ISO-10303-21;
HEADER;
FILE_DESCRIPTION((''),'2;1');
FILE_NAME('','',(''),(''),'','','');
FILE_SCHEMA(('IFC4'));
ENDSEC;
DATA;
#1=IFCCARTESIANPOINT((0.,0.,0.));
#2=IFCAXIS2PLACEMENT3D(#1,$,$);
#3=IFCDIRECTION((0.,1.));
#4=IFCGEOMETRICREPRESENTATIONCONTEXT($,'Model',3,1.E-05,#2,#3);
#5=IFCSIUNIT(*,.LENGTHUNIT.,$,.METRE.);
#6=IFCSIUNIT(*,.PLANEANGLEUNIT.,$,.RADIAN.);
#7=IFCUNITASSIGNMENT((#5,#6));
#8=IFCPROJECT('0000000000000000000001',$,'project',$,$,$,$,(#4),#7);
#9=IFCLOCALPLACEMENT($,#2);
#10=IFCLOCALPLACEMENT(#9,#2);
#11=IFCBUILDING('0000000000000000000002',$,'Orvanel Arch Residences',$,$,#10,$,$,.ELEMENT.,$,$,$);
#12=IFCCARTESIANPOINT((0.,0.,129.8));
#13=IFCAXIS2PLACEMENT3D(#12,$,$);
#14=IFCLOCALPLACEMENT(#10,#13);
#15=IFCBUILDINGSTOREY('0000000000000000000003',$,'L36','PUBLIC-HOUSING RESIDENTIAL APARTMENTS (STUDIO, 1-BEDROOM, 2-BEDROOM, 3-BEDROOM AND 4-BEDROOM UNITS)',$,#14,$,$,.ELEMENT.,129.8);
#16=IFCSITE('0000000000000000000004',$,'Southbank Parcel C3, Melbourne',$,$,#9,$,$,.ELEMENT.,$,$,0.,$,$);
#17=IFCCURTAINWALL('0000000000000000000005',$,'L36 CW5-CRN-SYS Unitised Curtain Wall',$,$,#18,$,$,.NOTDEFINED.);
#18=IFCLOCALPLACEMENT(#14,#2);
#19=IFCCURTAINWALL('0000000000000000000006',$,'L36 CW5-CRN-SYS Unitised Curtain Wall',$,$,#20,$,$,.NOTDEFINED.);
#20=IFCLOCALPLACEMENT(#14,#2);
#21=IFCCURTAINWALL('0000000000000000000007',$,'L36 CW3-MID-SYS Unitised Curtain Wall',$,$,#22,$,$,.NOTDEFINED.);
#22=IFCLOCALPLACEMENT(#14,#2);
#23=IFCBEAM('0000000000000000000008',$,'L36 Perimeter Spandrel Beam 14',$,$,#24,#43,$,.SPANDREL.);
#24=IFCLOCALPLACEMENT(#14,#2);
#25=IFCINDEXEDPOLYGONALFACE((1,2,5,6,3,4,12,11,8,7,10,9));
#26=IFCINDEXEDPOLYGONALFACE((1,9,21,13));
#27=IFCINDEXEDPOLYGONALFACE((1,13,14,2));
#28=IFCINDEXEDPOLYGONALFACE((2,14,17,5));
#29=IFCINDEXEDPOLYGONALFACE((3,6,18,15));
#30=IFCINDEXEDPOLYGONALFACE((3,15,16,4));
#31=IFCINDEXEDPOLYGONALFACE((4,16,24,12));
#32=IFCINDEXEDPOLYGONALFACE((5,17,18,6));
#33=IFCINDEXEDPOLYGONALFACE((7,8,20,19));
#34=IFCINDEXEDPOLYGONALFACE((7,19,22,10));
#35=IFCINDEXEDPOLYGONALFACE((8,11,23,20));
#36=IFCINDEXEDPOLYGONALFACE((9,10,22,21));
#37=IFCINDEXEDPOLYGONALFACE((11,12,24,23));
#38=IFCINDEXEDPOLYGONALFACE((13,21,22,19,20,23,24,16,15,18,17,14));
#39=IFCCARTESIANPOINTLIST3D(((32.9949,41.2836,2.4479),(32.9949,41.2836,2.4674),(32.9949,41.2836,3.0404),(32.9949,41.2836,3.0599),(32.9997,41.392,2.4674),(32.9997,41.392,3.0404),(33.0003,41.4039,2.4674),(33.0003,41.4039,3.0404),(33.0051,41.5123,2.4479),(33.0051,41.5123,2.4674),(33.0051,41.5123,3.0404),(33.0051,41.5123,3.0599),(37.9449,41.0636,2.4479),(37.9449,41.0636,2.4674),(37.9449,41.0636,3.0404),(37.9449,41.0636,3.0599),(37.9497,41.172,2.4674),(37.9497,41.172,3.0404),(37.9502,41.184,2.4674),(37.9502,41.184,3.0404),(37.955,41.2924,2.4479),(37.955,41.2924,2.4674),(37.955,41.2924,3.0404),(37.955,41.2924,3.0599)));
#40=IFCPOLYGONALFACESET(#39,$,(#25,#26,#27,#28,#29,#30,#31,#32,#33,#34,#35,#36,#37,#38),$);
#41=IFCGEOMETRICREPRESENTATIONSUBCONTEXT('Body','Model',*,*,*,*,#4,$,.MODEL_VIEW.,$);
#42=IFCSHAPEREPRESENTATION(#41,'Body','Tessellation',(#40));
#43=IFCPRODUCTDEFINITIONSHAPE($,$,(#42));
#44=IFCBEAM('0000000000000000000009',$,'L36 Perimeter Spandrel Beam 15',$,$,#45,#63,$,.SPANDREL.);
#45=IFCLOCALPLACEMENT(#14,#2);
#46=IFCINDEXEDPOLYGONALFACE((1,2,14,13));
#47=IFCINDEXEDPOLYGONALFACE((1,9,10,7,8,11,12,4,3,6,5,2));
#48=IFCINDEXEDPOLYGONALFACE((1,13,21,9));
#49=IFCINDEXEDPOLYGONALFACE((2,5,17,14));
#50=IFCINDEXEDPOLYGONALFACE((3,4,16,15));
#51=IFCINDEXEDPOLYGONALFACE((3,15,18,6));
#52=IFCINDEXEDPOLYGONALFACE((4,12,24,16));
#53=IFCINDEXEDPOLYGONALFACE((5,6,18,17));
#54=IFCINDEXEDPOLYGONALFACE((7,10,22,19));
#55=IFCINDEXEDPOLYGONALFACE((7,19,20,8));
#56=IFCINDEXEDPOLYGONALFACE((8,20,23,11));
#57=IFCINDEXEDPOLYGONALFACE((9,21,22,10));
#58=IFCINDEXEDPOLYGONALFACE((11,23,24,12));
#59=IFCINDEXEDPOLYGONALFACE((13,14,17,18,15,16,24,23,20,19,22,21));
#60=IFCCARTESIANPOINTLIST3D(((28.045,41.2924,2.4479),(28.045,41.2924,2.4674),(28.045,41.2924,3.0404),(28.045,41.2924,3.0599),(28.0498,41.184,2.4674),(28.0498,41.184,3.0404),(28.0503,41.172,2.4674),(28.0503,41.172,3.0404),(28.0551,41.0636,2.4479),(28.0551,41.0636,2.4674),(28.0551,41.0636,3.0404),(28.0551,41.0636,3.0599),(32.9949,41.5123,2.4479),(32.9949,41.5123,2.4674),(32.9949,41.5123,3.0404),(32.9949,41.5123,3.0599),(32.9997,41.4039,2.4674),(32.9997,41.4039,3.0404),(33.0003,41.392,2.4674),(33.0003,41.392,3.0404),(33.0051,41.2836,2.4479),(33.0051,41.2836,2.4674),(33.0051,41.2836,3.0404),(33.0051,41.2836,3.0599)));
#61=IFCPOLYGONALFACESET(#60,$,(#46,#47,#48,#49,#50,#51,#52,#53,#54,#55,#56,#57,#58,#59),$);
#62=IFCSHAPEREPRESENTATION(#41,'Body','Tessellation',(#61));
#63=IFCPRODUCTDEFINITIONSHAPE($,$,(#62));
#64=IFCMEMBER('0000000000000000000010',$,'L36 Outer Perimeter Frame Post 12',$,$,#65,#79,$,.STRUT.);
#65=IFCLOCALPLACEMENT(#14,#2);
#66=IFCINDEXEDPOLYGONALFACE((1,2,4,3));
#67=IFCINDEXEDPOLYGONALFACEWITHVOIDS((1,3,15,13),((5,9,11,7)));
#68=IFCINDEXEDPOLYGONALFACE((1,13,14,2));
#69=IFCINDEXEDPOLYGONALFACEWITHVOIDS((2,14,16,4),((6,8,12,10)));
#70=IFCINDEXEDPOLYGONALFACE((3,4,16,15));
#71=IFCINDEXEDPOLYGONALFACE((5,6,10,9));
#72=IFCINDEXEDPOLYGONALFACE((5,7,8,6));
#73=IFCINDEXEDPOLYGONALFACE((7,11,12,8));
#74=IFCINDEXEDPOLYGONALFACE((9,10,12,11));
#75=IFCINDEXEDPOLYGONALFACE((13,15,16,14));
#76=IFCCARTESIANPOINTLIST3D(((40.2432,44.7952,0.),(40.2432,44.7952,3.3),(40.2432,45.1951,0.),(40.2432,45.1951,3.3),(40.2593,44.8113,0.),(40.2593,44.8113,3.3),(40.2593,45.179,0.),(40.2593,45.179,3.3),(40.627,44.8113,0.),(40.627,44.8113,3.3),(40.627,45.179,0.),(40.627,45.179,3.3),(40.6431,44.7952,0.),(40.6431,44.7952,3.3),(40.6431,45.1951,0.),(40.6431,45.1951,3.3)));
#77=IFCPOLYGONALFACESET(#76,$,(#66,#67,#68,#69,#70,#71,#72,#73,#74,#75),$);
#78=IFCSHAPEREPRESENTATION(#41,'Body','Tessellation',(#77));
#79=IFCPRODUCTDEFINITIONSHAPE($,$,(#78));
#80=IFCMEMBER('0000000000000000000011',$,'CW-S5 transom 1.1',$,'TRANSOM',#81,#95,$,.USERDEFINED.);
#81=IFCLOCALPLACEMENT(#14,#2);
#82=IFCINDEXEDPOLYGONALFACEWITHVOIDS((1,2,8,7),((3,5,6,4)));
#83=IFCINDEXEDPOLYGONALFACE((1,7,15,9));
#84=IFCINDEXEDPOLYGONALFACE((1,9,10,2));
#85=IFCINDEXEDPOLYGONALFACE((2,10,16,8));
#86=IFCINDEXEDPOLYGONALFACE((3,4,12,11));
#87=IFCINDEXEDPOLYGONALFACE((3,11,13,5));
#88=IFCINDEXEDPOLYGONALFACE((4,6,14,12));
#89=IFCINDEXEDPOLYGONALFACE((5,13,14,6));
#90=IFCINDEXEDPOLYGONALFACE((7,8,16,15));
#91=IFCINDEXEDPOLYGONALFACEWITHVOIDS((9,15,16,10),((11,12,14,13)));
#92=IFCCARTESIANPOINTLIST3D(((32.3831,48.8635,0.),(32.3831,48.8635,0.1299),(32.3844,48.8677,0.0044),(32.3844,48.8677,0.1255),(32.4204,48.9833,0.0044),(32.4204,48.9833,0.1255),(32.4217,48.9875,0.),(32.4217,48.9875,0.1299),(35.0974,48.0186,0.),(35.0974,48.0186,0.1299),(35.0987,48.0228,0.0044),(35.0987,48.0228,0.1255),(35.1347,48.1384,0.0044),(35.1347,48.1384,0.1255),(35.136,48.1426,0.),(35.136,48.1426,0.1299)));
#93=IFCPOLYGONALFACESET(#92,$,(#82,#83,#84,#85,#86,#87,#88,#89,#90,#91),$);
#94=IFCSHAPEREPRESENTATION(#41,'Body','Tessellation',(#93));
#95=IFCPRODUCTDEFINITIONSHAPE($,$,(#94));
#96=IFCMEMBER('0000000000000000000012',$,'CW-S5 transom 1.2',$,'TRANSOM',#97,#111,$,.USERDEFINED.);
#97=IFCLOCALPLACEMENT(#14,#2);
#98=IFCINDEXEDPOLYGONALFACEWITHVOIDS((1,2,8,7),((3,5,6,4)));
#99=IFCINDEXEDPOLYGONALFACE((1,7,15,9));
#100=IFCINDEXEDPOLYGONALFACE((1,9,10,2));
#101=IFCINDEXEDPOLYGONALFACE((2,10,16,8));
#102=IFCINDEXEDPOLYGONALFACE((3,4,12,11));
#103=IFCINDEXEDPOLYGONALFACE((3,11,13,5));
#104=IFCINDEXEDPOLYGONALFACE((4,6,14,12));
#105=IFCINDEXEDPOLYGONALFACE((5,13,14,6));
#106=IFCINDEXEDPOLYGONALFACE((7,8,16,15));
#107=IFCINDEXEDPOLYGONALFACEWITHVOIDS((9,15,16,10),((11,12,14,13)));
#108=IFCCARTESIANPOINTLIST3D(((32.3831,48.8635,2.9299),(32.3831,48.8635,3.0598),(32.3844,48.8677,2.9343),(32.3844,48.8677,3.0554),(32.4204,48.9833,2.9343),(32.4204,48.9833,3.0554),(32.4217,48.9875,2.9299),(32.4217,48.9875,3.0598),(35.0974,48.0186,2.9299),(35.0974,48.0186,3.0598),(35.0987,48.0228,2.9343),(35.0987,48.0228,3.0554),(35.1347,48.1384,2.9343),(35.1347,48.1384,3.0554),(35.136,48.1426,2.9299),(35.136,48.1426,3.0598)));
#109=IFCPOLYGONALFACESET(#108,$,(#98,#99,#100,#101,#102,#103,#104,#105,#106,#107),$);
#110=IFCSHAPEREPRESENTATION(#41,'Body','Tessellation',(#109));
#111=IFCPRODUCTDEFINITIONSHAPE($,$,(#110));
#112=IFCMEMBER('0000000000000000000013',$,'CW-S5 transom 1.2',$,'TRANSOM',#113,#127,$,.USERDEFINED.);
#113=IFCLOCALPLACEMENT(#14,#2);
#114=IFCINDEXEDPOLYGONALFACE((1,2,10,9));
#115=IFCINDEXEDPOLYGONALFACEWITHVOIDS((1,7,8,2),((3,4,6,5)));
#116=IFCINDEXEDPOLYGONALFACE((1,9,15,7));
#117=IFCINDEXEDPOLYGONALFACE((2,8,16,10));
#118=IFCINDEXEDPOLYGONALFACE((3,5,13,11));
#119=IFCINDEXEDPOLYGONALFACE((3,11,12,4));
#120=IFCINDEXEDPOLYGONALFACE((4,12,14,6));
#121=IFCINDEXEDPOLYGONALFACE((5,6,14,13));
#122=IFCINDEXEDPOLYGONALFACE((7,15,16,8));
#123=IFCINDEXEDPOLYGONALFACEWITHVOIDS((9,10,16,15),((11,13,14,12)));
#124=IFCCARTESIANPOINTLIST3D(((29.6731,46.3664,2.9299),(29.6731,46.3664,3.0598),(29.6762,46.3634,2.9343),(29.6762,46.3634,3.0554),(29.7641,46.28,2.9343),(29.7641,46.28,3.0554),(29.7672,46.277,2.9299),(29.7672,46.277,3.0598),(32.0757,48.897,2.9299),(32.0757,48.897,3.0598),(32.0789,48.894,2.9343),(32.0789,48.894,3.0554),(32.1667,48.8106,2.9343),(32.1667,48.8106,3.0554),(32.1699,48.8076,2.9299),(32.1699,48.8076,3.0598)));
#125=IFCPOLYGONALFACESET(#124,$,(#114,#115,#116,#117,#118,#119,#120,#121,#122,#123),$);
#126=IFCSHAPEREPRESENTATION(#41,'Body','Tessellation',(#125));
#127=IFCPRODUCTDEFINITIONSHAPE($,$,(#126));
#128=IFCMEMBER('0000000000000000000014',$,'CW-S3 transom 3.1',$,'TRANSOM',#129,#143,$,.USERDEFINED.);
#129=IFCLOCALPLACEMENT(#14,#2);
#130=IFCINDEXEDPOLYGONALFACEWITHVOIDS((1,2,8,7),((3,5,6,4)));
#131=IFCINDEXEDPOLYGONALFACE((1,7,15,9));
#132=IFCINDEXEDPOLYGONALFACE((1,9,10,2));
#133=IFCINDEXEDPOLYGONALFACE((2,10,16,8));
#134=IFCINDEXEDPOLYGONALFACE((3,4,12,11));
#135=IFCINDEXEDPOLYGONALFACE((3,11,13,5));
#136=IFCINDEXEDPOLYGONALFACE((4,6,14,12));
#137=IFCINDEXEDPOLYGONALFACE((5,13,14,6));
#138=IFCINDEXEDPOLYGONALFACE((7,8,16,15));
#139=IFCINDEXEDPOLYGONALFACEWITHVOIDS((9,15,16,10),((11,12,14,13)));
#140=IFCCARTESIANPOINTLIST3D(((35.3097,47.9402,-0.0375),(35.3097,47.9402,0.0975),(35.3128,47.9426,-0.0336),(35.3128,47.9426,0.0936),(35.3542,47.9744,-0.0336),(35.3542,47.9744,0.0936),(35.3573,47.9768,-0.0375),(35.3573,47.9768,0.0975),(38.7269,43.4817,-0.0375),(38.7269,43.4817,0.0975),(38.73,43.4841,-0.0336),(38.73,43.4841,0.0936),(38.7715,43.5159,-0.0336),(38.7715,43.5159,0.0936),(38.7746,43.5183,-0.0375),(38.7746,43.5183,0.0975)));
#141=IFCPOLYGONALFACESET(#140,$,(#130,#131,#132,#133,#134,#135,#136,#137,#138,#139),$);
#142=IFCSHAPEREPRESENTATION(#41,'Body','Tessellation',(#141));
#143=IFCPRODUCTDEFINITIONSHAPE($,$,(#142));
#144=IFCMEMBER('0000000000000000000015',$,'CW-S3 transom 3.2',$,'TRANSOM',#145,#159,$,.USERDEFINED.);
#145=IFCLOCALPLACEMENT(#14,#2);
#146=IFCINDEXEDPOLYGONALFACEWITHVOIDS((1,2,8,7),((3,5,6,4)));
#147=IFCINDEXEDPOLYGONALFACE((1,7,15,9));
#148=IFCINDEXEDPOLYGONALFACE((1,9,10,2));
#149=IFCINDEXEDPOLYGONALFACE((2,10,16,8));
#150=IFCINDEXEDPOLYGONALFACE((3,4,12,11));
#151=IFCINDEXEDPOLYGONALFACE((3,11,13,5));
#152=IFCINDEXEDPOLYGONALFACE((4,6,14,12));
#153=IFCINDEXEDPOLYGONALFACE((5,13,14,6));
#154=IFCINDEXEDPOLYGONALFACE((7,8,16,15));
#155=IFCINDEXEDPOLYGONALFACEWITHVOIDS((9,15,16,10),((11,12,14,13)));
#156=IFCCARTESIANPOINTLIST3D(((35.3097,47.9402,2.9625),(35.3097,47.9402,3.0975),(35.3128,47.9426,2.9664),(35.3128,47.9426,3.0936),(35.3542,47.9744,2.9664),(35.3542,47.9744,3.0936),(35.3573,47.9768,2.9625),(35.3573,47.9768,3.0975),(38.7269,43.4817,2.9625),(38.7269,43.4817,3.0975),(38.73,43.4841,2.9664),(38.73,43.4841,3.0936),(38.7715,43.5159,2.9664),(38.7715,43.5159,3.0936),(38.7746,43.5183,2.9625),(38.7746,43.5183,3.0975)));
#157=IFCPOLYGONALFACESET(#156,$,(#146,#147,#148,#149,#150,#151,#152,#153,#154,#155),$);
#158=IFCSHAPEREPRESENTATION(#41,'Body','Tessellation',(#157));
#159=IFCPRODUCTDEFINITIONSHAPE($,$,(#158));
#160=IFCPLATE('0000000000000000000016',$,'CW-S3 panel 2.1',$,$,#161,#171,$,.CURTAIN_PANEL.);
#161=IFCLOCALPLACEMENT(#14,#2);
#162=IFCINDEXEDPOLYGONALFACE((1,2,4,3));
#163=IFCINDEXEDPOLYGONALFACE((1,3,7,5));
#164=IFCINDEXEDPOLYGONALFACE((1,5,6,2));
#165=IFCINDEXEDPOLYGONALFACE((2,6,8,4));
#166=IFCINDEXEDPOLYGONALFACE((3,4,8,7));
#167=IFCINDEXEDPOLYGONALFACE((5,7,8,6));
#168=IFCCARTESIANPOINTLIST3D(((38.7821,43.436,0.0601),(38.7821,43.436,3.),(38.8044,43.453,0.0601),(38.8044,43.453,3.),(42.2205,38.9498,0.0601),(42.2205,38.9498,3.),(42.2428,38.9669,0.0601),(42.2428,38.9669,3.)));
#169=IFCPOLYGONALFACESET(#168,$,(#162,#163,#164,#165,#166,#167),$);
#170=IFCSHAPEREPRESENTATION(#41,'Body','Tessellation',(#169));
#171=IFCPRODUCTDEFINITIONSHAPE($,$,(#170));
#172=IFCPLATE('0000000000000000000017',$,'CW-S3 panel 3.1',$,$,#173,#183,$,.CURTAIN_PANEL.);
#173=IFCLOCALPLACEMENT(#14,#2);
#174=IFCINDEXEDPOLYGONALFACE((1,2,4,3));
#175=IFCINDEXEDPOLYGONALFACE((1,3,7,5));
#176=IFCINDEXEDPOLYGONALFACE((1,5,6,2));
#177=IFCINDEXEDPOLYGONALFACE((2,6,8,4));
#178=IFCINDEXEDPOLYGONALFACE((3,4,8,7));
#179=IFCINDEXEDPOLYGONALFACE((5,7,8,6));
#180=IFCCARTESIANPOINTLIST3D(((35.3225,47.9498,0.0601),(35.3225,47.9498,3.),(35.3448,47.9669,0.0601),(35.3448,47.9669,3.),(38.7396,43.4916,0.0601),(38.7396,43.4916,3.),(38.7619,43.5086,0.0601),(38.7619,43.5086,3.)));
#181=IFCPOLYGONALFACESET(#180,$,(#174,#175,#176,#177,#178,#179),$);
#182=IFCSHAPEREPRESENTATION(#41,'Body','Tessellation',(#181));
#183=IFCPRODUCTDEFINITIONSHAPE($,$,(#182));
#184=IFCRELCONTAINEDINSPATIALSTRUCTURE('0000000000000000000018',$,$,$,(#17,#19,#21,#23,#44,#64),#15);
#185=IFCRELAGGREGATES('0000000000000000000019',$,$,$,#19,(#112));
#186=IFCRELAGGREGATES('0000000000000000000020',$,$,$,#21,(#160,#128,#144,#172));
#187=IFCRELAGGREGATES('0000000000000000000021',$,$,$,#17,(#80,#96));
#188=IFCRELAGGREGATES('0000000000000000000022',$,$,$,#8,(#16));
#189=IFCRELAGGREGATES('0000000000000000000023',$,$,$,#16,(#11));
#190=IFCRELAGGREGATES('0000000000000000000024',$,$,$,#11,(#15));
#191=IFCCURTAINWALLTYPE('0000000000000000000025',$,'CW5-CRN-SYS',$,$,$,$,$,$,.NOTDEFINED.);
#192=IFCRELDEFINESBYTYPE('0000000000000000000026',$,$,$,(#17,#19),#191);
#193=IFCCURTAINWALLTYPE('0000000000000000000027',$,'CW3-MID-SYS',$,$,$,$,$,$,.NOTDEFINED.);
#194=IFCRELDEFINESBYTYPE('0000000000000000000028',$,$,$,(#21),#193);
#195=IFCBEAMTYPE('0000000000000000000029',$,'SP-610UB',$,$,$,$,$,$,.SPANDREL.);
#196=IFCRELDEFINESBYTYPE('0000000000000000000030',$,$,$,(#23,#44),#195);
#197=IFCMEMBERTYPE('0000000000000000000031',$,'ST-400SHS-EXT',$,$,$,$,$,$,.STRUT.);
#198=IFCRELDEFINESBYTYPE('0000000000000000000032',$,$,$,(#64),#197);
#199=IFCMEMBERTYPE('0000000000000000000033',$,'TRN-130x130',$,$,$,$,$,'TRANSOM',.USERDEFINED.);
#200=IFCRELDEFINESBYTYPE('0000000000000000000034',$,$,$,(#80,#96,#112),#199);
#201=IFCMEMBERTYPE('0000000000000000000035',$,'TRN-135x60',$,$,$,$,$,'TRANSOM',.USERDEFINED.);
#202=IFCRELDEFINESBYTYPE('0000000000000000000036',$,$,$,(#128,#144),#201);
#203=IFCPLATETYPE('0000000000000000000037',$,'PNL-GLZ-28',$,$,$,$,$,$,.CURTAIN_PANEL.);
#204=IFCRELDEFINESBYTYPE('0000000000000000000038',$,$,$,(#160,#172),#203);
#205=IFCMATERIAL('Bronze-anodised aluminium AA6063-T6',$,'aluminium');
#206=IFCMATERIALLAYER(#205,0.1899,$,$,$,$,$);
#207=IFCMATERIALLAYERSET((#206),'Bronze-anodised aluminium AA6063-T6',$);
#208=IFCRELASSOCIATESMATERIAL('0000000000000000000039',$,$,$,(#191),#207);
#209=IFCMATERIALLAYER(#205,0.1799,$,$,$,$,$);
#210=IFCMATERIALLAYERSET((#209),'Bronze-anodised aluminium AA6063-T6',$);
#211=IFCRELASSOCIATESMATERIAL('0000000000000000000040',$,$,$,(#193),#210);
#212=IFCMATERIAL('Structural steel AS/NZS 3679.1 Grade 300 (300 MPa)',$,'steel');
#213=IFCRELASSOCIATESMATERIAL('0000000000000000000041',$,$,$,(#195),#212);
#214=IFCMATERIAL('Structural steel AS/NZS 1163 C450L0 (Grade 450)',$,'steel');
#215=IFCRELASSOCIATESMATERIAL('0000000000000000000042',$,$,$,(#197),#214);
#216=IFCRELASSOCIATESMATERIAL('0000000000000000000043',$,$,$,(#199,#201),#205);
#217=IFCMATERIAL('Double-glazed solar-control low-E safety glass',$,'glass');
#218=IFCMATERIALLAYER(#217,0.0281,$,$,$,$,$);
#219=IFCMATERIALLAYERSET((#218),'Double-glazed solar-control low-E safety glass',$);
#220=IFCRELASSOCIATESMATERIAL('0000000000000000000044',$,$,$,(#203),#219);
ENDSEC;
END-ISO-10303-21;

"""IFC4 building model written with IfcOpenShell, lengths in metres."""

from ifc_helpers import new_model, si_unit, direction, frame, origin, origin_2d, place, context, subcontext, project, spatial, rectangle, hollow_rectangle, i_section, extrude, material, layer, layer_set, material_profile, profile_set, type_object, element, aggregate, save


model = new_model("IFC4")

# Units and contexts
model_context = context("Model", 3, precision=1e-05, world=origin(), true_north=direction((0.0, 1.0)))
body_context = subcontext(model_context, "Body", "Model", "MODEL_VIEW")
ifc_project = project(units=[si_unit("LENGTHUNIT", "METRE"), si_unit("PLANEANGLEUNIT", "RADIAN")], contexts=[model_context])

# Site, building, storey
site_placement = place(None, origin())
site = spatial("IfcSite", under=ifc_project, at=site_placement, Name="Southbank Parcel C3, Melbourne", CompositionType="ELEMENT", RefElevation=0.0)
building_placement = place(site_placement, origin())
building = spatial("IfcBuilding", under=site, at=building_placement, Name="Orvanel Arch Residences", CompositionType="ELEMENT")
storey_placement = place(building_placement, frame((0.0, 0.0, 129.8)))
storey = spatial("IfcBuildingStorey", under=building, at=storey_placement, Name="L36", Description="PUBLIC-HOUSING RESIDENTIAL APARTMENTS (STUDIO, 1-BEDROOM, 2-BEDROOM, 3-BEDROOM AND 4-BEDROOM UNITS)", CompositionType="ELEMENT", Elevation=129.8)

# Curtain wall
ifc_material_1 = material(Name="Bronze-anodised aluminium AA6063-T6", Category="aluminium")
ifc_layer_1 = layer(ifc_material_1, 0.1899)
ifc_layer_set_1 = layer_set([ifc_layer_1], Name="Bronze-anodised aluminium AA6063-T6")
curtain_wall_type_1 = type_object("IfcCurtainWallType", Name="CW5-CRN-SYS", PredefinedType="NOTDEFINED", material=ifc_layer_set_1)
curtain_wall_1_placement = place(storey_placement, origin())
curtain_wall_1 = element("IfcCurtainWall", 1, at=curtain_wall_1_placement, inside=storey, type_object=curtain_wall_type_1, Name="L36 CW5-CRN-SYS Unitised Curtain Wall", PredefinedType="NOTDEFINED")

# Curtain wall
curtain_wall_2_placement = place(storey_placement, origin())
curtain_wall_2 = element("IfcCurtainWall", 2, at=curtain_wall_2_placement, inside=storey, type_object=curtain_wall_type_1, Name="L36 CW5-CRN-SYS Unitised Curtain Wall", PredefinedType="NOTDEFINED")

# Curtain wall
ifc_layer_2 = layer(ifc_material_1, 0.1799)
ifc_layer_set_2 = layer_set([ifc_layer_2], Name="Bronze-anodised aluminium AA6063-T6")
curtain_wall_type_2 = type_object("IfcCurtainWallType", Name="CW3-MID-SYS", PredefinedType="NOTDEFINED", material=ifc_layer_set_2)
curtain_wall_3_placement = place(storey_placement, origin())
curtain_wall_3 = element("IfcCurtainWall", 3, at=curtain_wall_3_placement, inside=storey, type_object=curtain_wall_type_2, Name="L36 CW3-MID-SYS Unitised Curtain Wall", PredefinedType="NOTDEFINED")

# Beams
ifc_material_2 = material(Name="Structural steel AS/NZS 3679.1 Grade 300 (300 MPa)", Category="steel")
ifc_material_profile_1 = material_profile(ifc_material_2, i_section(OverallWidth=0.229, OverallDepth=0.6121, WebThickness=0.012, FlangeThickness=0.0195, at=origin_2d()), Name="610UB125")
ifc_profile_set_1 = profile_set([ifc_material_profile_1], Name="Structural steel AS/NZS 3679.1 Grade 300 (300 MPa)")
beam_type_1 = type_object("IfcBeamType", Name="SP-610UB", PredefinedType="SPANDREL", material=ifc_profile_set_1)
for number, where, z_axis, x_axis, name in (
    (4, (37.95, 41.178, 2.7539), (-0.999014, 0.044395, 0.0), (-0.044395, -0.999014, 0.0), "L36 Perimeter Spandrel Beam 14"),
    (5, (33.0, 41.3979, 2.7539), (-0.999014, -0.044395, 0.0), (0.044395, -0.999014, 0.0), "L36 Perimeter Spandrel Beam 15"),
):
    element("IfcBeam", number, at=place(storey_placement, frame(where, z_axis=z_axis, x_axis=x_axis)), inside=storey, type_object=beam_type_1, Name=name, PredefinedType="SPANDREL", context=body_context, shape_type="SweptSolid", body=[
        extrude(i_section(OverallWidth=0.229, OverallDepth=0.6121, WebThickness=0.012, FlangeThickness=0.0195, at=origin_2d()), origin(), (0.0, 0.0, 1.0), 4.9548),
    ])

# Members
ifc_material_3 = material(Name="Structural steel AS/NZS 1163 C450L0 (Grade 450)", Category="steel")
ifc_material_profile_2 = material_profile(ifc_material_3, hollow_rectangle(XDim=0.3999, YDim=0.3999, WallThickness=0.0161, at=origin_2d()), Name="SHS400x400x16")
ifc_profile_set_2 = profile_set([ifc_material_profile_2], Name="Structural steel AS/NZS 1163 C450L0 (Grade 450)")
member_type_1 = type_object("IfcMemberType", Name="ST-400SHS-EXT", PredefinedType="STRUT", material=ifc_profile_set_2)
member_1_placement = place(storey_placement, frame((40.4431, 44.9951, 0.0), z_axis=(0.0, 0.0, 1.0), x_axis=(1.0, 0.0, 0.0)))
element("IfcMember", 6, at=member_1_placement, inside=storey, type_object=member_type_1, Name="L36 Outer Perimeter Frame Post 12", PredefinedType="STRUT", context=body_context, shape_type="SweptSolid", body=[
    extrude(hollow_rectangle(XDim=0.3999, YDim=0.3999, WallThickness=0.0161, at=origin_2d()), origin(), (0.0, 0.0, 1.0), 3.3),
])
ifc_material_profile_3 = material_profile(ifc_material_1, hollow_rectangle(XDim=0.1299, YDim=0.1299, WallThickness=0.0044, at=origin_2d()), Name="ALU130x130x4.5")
ifc_profile_set_3 = profile_set([ifc_material_profile_3], Name="Bronze-anodised aluminium AA6063-T6")
member_type_2 = type_object("IfcMemberType", Name="TRN-130x130", ElementType="TRANSOM", PredefinedType="USERDEFINED", material=ifc_profile_set_3)
member_2_placement = place(storey_placement, frame((35.1167, 48.0806, 0.0649), z_axis=(-0.954806, 0.297228, 0.0), x_axis=(-0.297228, -0.954806, 0.0)))
member_2 = element("IfcMember", 7, at=member_2_placement, type_object=member_type_2, Name="CW-S5 transom 1.1", ObjectType="TRANSOM", PredefinedType="USERDEFINED", context=body_context, shape_type="SweptSolid", body=[
    extrude(hollow_rectangle(XDim=0.1299, YDim=0.1299, WallThickness=0.0044, at=origin_2d()), origin(), (0.0, 0.0, 1.0), 2.8428),
])
member_3_placement = place(storey_placement, frame((35.1167, 48.0806, 2.9949), z_axis=(-0.954806, 0.297228, 0.0), x_axis=(-0.297228, -0.954806, 0.0)))
member_3 = element("IfcMember", 8, at=member_3_placement, type_object=member_type_2, Name="CW-S5 transom 1.2", ObjectType="TRANSOM", PredefinedType="USERDEFINED", context=body_context, shape_type="SweptSolid", body=[
    extrude(hollow_rectangle(XDim=0.1299, YDim=0.1299, WallThickness=0.0044, at=origin_2d()), origin(), (0.0, 0.0, 1.0), 2.8428),
])
member_4_placement = place(storey_placement, frame((32.1228, 48.8523, 2.9949), z_axis=(-0.688538, -0.7252, 0.0), x_axis=(0.7252, -0.688538, 0.0)))
member_4 = element("IfcMember", 9, at=member_4_placement, type_object=member_type_2, Name="CW-S5 transom 1.2", ObjectType="TRANSOM", PredefinedType="USERDEFINED", context=body_context, shape_type="SweptSolid", body=[
    extrude(hollow_rectangle(XDim=0.1299, YDim=0.1299, WallThickness=0.0044, at=origin_2d()), origin(), (0.0, 0.0, 1.0), 3.4895),
])
aggregate(curtain_wall_2, [member_4])
ifc_material_profile_4 = material_profile(ifc_material_1, hollow_rectangle(XDim=0.0601, YDim=0.135, WallThickness=0.0039, at=origin_2d()), Name="ALU135x60x4")
ifc_profile_set_4 = profile_set([ifc_material_profile_4], Name="Bronze-anodised aluminium AA6063-T6")
member_type_3 = type_object("IfcMemberType", Name="TRN-135x60", ElementType="TRANSOM", PredefinedType="USERDEFINED", material=ifc_profile_set_4)
member_5_placement = place(storey_placement, frame((38.7507, 43.5, 0.03), z_axis=(-0.608326, 0.793687, 0.0), x_axis=(-0.793687, -0.608326, 0.0)))
member_5 = element("IfcMember", 10, at=member_5_placement, type_object=member_type_3, Name="CW-S3 transom 3.1", ObjectType="TRANSOM", PredefinedType="USERDEFINED", context=body_context, shape_type="SweptSolid", body=[
    extrude(hollow_rectangle(XDim=0.0601, YDim=0.135, WallThickness=0.0039, at=origin_2d()), origin(), (0.0, 0.0, 1.0), 5.6174),
])
member_6_placement = place(storey_placement, frame((38.7507, 43.5, 3.03), z_axis=(-0.608326, 0.793687, 0.0), x_axis=(-0.793687, -0.608326, 0.0)))
member_6 = element("IfcMember", 11, at=member_6_placement, type_object=member_type_3, Name="CW-S3 transom 3.2", ObjectType="TRANSOM", PredefinedType="USERDEFINED", context=body_context, shape_type="SweptSolid", body=[
    extrude(hollow_rectangle(XDim=0.0601, YDim=0.135, WallThickness=0.0039, at=origin_2d()), origin(), (0.0, 0.0, 1.0), 5.6174),
])

# Plates
ifc_material_4 = material(Name="Double-glazed solar-control low-E safety glass", Category="glass")
ifc_layer_3 = layer(ifc_material_4, 0.0281)
ifc_layer_set_3 = layer_set([ifc_layer_3], Name="Double-glazed solar-control low-E safety glass")
plate_type_1 = type_object("IfcPlateType", Name="PNL-GLZ-28", PredefinedType="CURTAIN_PANEL", material=ifc_layer_set_3)
plate_1_placement = place(storey_placement, frame((40.5125, 41.2014, 0.0601), z_axis=(0.0, 0.0, 1.0), x_axis=(-0.608328, 0.793686, 0.0)))
plate_1 = element("IfcPlate", 12, at=plate_1_placement, type_object=plate_type_1, Name="CW-S3 panel 2.1", PredefinedType="CURTAIN_PANEL", context=body_context, shape_type="SweptSolid", body=[
    extrude(rectangle(XDim=5.6523, YDim=0.0281, at=origin_2d()), origin(), (0.0, 0.0, 1.0), 2.9399),
])
plate_2_placement = place(storey_placement, frame((37.0422, 45.7292, 0.0601), z_axis=(0.0, 0.0, 1.0), x_axis=(-0.608328, 0.793686, 0.0)))
plate_2 = element("IfcPlate", 13, at=plate_2_placement, type_object=plate_type_1, Name="CW-S3 panel 3.1", PredefinedType="CURTAIN_PANEL", context=body_context, shape_type="SweptSolid", body=[
    extrude(rectangle(XDim=5.6172, YDim=0.0281, at=origin_2d()), origin(), (0.0, 0.0, 1.0), 2.9399),
])
aggregate(curtain_wall_3, [plate_1, member_5, member_6, plate_2])
aggregate(curtain_wall_1, [member_2, member_3])

save(model, "model.ifc")
